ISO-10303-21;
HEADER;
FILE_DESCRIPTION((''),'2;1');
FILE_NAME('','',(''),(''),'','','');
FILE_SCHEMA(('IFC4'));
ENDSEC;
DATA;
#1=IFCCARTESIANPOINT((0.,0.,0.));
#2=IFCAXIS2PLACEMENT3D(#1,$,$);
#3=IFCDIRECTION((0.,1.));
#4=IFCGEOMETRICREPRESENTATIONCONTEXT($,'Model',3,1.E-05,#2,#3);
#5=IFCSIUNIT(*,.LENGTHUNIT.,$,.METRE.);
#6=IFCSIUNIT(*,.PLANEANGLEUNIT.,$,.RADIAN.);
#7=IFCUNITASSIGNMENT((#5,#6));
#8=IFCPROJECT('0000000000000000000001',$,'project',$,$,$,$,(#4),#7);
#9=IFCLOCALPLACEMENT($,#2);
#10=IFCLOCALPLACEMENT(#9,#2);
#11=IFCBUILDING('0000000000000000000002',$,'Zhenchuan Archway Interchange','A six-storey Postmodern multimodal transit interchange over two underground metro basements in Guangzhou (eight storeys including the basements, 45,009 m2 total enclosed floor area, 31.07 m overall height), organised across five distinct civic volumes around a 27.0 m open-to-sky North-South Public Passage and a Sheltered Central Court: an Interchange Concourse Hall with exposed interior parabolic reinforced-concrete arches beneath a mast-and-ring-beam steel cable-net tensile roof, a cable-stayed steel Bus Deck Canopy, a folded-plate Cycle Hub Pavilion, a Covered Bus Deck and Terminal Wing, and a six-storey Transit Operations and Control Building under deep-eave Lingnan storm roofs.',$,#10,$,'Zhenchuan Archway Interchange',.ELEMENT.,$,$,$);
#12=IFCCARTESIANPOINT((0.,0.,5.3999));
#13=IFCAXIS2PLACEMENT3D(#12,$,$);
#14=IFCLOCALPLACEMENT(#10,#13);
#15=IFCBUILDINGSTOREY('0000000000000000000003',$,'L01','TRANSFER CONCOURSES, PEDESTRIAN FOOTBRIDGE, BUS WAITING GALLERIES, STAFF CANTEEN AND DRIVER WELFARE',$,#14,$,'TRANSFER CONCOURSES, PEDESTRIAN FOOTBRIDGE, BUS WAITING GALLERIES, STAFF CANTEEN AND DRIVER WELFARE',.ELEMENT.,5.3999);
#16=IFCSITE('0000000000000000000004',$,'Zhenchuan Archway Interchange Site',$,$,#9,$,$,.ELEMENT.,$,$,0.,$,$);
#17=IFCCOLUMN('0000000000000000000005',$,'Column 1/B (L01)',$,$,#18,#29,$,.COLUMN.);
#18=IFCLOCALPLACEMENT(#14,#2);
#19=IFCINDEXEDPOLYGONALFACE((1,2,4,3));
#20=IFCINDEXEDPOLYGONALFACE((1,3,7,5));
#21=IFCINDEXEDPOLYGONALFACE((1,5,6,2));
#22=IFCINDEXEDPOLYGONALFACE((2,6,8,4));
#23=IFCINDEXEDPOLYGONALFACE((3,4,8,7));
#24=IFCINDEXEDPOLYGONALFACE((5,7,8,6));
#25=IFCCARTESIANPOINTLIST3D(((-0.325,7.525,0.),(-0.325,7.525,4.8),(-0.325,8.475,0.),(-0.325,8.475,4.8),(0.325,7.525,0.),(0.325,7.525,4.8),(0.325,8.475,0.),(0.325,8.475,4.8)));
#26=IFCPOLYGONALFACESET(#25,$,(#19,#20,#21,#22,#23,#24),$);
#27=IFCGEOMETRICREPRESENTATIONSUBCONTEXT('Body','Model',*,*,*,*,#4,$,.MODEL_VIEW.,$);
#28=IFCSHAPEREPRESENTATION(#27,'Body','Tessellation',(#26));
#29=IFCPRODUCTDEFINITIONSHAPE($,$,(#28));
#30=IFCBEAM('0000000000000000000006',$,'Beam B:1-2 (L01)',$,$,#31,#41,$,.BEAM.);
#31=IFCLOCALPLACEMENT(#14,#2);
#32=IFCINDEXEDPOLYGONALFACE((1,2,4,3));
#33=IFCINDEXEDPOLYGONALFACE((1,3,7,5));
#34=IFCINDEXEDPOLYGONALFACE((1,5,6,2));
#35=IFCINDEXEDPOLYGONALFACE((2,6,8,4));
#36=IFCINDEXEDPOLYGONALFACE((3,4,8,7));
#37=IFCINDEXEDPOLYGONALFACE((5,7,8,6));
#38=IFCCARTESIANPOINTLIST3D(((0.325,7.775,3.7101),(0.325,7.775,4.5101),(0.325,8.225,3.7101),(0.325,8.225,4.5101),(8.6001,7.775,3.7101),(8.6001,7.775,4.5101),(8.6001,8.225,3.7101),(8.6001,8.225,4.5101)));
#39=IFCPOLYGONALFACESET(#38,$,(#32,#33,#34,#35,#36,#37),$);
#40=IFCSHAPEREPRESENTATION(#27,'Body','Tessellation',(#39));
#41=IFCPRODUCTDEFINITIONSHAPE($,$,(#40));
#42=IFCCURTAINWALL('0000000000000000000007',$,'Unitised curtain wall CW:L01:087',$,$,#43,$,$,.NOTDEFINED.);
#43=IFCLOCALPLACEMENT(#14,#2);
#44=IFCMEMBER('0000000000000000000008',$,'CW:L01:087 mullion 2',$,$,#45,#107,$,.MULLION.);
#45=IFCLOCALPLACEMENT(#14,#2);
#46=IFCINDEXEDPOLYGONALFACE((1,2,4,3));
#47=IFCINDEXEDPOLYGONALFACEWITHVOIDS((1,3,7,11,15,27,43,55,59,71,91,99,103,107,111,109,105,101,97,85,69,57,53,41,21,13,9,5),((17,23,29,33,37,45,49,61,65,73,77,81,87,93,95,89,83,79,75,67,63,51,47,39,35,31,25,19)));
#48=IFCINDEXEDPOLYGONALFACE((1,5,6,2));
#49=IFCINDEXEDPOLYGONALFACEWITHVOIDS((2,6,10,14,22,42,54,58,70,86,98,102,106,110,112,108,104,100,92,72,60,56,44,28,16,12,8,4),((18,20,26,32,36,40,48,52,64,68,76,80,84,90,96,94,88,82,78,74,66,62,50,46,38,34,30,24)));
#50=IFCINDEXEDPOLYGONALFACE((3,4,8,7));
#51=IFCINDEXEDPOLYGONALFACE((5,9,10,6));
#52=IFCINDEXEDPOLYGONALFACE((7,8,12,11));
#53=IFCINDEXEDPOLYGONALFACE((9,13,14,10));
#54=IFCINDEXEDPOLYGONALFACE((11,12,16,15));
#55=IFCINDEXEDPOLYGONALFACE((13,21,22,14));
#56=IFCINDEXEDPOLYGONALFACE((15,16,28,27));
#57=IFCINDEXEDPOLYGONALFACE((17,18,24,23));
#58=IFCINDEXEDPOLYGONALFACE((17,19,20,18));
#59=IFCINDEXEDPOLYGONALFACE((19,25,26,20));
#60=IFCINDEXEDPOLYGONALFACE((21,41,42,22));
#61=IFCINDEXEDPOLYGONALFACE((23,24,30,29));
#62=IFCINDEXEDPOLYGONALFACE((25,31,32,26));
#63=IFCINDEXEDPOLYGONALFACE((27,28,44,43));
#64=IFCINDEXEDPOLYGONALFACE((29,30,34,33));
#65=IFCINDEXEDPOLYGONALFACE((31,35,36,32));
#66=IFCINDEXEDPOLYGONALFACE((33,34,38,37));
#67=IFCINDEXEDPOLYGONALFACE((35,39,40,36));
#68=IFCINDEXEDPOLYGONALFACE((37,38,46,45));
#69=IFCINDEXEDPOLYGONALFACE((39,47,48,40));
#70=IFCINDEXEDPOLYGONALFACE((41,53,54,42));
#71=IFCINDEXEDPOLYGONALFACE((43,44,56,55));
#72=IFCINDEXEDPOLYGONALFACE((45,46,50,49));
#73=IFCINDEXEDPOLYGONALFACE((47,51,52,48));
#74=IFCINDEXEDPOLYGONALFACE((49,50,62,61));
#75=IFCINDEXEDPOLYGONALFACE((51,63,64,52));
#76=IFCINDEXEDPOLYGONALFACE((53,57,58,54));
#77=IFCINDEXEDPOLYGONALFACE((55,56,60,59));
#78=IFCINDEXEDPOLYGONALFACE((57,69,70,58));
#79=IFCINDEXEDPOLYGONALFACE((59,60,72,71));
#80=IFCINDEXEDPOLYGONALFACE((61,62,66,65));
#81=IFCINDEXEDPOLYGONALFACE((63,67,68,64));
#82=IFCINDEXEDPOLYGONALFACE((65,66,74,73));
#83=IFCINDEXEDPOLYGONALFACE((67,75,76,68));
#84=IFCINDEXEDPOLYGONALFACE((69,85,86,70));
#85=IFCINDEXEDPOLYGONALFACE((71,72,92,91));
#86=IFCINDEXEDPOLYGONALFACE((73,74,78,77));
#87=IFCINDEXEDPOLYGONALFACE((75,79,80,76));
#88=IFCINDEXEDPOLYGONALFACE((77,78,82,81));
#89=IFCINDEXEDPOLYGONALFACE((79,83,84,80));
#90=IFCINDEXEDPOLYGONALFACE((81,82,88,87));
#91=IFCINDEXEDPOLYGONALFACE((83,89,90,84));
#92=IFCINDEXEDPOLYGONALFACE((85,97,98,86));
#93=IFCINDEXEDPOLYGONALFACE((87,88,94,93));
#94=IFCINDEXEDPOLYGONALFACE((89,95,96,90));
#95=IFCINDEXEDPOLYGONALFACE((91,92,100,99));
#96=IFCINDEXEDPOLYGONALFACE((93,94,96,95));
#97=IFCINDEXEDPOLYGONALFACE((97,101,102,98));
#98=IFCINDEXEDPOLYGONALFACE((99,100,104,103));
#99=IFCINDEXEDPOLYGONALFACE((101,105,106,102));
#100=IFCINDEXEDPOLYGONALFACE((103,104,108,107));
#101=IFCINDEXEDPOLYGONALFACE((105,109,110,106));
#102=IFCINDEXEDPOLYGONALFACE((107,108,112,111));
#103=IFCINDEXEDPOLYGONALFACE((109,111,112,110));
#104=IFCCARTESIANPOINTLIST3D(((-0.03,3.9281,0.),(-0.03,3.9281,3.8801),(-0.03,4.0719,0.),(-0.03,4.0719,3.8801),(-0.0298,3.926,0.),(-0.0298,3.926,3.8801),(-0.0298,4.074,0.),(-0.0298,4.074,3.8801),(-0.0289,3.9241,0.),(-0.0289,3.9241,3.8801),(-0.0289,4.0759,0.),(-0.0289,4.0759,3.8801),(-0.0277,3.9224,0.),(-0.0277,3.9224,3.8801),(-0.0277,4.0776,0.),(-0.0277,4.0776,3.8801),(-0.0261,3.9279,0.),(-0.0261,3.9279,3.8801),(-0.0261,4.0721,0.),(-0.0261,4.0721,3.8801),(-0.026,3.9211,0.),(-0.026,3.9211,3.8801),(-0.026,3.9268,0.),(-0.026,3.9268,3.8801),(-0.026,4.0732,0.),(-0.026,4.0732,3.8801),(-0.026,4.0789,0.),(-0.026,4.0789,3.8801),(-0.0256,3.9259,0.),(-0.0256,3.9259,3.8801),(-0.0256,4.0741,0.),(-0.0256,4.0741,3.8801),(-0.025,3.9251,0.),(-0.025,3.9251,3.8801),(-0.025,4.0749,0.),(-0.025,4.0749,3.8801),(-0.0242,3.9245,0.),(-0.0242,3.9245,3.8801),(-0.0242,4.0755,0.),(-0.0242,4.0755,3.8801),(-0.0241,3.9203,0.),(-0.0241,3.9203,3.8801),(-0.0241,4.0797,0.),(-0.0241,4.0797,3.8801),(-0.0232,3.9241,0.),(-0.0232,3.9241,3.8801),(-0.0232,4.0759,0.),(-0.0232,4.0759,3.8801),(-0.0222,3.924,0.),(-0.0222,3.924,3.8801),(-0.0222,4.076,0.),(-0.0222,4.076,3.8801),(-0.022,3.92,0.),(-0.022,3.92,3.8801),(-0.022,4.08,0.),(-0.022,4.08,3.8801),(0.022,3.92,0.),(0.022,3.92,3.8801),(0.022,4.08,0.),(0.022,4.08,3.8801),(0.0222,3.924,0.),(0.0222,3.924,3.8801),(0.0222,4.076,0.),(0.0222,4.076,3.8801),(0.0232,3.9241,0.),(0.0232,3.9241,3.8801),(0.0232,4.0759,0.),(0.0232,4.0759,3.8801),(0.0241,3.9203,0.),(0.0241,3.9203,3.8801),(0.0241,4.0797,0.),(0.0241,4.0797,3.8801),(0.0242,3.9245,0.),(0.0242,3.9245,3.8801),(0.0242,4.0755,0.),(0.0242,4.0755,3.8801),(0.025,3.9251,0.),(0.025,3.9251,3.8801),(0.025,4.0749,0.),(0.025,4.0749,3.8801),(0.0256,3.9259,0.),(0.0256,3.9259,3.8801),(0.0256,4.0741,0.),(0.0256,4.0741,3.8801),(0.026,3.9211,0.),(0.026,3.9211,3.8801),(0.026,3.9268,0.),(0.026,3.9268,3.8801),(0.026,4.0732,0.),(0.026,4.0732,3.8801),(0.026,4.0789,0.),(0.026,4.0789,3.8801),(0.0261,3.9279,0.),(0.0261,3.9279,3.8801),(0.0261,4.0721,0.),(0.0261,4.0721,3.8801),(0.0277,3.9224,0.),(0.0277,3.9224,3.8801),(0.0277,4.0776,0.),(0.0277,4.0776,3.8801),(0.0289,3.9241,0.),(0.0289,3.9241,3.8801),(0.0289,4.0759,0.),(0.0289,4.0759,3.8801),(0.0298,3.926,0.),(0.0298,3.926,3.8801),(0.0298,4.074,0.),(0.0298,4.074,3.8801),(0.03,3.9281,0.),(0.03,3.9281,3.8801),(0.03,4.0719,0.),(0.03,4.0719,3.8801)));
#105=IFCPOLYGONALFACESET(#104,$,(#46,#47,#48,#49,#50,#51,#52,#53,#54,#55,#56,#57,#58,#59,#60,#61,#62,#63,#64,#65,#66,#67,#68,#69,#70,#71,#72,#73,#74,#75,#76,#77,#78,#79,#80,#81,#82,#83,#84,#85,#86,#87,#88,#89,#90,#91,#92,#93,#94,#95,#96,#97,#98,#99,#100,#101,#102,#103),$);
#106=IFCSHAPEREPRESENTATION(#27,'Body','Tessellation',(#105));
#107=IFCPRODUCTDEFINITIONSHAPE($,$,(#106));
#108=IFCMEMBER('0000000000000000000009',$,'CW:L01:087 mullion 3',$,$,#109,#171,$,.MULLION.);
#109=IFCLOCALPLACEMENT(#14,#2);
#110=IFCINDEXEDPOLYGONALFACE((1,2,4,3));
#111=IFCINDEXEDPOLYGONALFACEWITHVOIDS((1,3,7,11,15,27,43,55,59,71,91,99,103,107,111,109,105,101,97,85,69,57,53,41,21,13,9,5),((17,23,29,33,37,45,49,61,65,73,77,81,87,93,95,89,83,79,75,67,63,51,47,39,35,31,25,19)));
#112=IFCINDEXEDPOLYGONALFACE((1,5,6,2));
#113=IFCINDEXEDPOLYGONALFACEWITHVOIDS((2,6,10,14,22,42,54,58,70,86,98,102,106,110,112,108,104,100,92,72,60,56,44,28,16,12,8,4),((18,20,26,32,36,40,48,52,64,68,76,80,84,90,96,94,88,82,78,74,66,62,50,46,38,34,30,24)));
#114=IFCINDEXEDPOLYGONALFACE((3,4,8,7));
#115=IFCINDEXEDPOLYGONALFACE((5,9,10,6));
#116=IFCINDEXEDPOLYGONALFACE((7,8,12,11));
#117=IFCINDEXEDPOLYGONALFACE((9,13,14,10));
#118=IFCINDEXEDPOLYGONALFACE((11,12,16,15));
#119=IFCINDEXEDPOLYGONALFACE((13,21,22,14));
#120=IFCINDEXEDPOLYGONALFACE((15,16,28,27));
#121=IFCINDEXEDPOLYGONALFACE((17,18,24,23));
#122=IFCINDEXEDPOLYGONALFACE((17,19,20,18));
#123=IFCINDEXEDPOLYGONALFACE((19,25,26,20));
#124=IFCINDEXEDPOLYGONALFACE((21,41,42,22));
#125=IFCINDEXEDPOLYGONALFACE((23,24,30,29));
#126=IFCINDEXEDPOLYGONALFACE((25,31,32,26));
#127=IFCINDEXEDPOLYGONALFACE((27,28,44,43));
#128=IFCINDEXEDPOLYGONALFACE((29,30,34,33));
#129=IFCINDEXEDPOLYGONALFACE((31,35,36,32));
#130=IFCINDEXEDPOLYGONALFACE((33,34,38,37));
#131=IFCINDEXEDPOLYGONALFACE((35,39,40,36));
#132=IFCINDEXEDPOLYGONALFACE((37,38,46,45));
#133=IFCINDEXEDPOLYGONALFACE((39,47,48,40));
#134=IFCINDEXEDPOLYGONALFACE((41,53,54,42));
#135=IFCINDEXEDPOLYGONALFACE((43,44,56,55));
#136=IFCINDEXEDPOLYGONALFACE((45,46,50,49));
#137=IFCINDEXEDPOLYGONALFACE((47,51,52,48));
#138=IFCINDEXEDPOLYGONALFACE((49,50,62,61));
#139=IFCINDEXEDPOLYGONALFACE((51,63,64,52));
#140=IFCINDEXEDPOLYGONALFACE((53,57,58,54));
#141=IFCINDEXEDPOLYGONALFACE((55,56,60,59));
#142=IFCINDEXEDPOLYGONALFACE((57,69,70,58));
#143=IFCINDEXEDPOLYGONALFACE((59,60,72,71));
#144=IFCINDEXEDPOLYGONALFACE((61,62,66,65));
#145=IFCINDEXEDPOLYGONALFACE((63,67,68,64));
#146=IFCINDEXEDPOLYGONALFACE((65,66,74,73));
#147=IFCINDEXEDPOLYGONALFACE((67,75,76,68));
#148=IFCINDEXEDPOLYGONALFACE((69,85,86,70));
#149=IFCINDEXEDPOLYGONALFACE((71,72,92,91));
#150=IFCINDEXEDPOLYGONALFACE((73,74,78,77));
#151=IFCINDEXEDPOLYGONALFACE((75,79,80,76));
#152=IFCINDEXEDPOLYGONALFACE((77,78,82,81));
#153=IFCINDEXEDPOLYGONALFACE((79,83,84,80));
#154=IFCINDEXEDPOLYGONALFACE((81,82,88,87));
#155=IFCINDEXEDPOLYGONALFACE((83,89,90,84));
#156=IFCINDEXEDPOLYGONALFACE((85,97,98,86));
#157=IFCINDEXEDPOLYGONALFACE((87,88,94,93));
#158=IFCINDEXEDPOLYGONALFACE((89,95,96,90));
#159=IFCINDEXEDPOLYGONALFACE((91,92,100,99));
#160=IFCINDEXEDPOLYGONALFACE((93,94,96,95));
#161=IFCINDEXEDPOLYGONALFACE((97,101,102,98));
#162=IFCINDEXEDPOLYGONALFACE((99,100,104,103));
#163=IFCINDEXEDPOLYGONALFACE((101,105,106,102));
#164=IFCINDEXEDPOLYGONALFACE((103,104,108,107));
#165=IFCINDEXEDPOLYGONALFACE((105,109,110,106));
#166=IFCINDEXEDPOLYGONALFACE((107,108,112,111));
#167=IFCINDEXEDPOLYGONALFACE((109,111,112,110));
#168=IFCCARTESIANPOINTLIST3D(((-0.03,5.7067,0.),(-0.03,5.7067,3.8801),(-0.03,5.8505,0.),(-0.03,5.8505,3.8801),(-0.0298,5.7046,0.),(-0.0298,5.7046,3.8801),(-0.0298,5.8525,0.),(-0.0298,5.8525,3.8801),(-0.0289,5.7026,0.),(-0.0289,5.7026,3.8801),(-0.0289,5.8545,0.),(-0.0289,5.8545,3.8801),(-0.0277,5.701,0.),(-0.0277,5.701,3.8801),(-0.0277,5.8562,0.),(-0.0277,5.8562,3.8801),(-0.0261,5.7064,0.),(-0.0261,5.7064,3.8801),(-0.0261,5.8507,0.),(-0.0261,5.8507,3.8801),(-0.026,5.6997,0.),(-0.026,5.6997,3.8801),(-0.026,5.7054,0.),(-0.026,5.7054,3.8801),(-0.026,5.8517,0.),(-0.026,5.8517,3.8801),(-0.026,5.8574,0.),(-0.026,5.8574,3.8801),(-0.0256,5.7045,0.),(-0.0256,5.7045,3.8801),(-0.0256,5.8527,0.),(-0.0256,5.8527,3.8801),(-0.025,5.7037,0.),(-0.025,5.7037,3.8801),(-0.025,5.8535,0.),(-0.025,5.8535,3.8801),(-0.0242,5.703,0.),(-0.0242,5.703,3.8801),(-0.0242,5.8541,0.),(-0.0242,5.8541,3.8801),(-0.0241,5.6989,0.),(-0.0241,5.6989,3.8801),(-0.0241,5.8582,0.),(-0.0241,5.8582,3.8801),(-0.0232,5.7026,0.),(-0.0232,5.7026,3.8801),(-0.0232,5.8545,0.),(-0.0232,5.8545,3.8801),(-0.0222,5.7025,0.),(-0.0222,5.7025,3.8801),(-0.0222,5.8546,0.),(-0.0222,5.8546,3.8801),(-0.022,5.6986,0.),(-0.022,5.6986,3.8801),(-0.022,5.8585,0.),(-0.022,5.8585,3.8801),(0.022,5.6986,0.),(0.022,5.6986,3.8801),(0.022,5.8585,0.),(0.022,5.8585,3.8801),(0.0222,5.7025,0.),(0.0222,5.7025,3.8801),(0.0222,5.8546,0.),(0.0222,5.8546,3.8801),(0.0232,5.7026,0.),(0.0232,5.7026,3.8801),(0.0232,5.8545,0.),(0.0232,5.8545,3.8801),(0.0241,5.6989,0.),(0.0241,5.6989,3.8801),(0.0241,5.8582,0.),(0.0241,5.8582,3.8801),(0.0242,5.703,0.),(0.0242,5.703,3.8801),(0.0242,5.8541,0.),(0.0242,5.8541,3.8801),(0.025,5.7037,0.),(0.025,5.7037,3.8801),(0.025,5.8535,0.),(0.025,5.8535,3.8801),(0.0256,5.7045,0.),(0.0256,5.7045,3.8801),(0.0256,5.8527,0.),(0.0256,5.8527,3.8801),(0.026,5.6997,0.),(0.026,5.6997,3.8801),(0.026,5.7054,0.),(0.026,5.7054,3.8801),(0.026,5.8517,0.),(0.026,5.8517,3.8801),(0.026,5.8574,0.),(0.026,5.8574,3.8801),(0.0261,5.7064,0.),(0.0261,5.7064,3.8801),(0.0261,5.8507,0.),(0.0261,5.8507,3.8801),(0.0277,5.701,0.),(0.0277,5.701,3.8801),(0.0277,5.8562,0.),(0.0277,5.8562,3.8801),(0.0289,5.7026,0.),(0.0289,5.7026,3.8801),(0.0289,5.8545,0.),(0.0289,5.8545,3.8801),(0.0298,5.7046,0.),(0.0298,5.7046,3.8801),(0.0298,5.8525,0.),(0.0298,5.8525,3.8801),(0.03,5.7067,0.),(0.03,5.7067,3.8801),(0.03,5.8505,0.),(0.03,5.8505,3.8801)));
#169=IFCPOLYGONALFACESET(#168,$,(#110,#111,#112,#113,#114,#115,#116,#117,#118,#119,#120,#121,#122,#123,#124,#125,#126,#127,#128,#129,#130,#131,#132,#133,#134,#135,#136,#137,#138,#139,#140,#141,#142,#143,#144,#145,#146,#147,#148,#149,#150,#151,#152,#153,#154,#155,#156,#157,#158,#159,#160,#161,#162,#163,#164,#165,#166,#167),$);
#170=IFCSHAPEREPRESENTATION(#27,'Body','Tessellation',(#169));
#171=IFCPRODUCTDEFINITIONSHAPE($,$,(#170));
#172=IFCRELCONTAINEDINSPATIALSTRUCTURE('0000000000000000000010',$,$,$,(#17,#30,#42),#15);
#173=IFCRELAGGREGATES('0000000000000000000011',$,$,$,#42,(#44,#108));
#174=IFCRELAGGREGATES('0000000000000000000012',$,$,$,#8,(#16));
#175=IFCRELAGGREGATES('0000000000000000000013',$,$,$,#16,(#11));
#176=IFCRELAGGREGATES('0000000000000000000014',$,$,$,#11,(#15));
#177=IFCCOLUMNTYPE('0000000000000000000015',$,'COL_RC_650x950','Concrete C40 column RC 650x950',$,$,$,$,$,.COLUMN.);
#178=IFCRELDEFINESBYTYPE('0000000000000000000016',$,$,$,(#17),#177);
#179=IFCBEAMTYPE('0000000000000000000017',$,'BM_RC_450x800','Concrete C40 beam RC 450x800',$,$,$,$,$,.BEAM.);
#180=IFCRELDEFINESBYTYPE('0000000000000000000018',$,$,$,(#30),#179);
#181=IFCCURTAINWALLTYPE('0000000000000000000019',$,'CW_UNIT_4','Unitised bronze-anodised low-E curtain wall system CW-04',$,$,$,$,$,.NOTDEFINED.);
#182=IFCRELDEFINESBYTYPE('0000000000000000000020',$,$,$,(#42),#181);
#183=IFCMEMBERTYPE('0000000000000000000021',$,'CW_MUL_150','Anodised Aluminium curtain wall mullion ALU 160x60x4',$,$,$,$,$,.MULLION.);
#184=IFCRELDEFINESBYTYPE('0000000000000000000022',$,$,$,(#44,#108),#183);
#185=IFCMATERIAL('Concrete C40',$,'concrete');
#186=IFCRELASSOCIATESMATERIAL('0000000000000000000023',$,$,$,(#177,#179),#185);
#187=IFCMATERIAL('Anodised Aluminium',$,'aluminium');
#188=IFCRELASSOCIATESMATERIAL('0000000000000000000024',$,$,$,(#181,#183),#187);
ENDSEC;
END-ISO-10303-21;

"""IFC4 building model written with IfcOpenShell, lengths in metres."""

from ifc_helpers import new_model, si_unit, direction, frame, origin, origin_2d, place, context, subcontext, project, spatial, rectangle, hollow_rectangle, extrude, material, material_profile, profile_set, type_object, element, aggregate, save


model = new_model("IFC4")

# Units and contexts
model_context = context("Model", 3, precision=1e-05, world=origin(), true_north=direction((0.0, 1.0)))
body_context = subcontext(model_context, "Body", "Model", "MODEL_VIEW")
ifc_project = project(units=[si_unit("LENGTHUNIT", "METRE"), si_unit("PLANEANGLEUNIT", "RADIAN")], contexts=[model_context])

# Site, building, storey
site_placement = place(None, origin())
site = spatial("IfcSite", under=ifc_project, at=site_placement, Name="Zhenchuan Archway Interchange Site", CompositionType="ELEMENT", RefElevation=0.0)
building_placement = place(site_placement, origin())
building = spatial("IfcBuilding", under=site, at=building_placement, Name="Zhenchuan Archway Interchange", Description="A six-storey Postmodern multimodal transit interchange over two underground metro basements in Guangzhou (eight storeys including the basements, 45,009 m2 total enclosed floor area, 31.07 m overall height), organised across five distinct civic volumes around a 27.0 m open-to-sky North-South Public Passage and a Sheltered Central Court: an Interchange Concourse Hall with exposed interior parabolic reinforced-concrete arches beneath a mast-and-ring-beam steel cable-net tensile roof, a cable-stayed steel Bus Deck Canopy, a folded-plate Cycle Hub Pavilion, a Covered Bus Deck and Terminal Wing, and a six-storey Transit Operations and Control Building under deep-eave Lingnan storm roofs.", LongName="Zhenchuan Archway Interchange", CompositionType="ELEMENT")
storey_placement = place(building_placement, frame((0.0, 0.0, 5.3999)))
storey = spatial("IfcBuildingStorey", under=building, at=storey_placement, Name="L01", Description="TRANSFER CONCOURSES, PEDESTRIAN FOOTBRIDGE, BUS WAITING GALLERIES, STAFF CANTEEN AND DRIVER WELFARE", LongName="TRANSFER CONCOURSES, PEDESTRIAN FOOTBRIDGE, BUS WAITING GALLERIES, STAFF CANTEEN AND DRIVER WELFARE", CompositionType="ELEMENT", Elevation=5.3999)

# Column
ifc_material_1 = material(Name="Concrete C40", Category="concrete")
ifc_material_profile_1 = material_profile(ifc_material_1, rectangle(XDim=0.6499, YDim=0.95, at=origin_2d()), Name="RC 650x950")
ifc_profile_set_1 = profile_set([ifc_material_profile_1], Name="Concrete C40")
column_type = type_object("IfcColumnType", Name="COL_RC_650x950", Description="Concrete C40 column RC 650x950", PredefinedType="COLUMN", material=ifc_profile_set_1)
column_placement = place(storey_placement, frame((0.0, 8.0, 0.0), z_axis=(0.0, 0.0, 1.0), x_axis=(1.0, 0.0, 0.0)))
element("IfcColumn", 1, at=column_placement, inside=storey, type_object=column_type, Name="Column 1/B (L01)", PredefinedType="COLUMN", context=body_context, shape_type="SweptSolid", body=[
    extrude(rectangle(XDim=0.6499, YDim=0.95, at=origin_2d()), origin(), (0.0, 0.0, 1.0), 4.8),
])

# Beam
ifc_material_profile_2 = material_profile(ifc_material_1, rectangle(XDim=0.45, YDim=0.8, at=origin_2d()), Name="RC 450x800")
ifc_profile_set_2 = profile_set([ifc_material_profile_2], Name="Concrete C40")
beam_type_1 = type_object("IfcBeamType", Name="BM_RC_450x800", Description="Concrete C40 beam RC 450x800", PredefinedType="BEAM", material=ifc_profile_set_2)
beam_1_placement = place(storey_placement, frame((0.325, 8.0, 4.1101), z_axis=(1.0, 0.0, 0.0), x_axis=(0.0, 1.0, 0.0)))
element("IfcBeam", 2, at=beam_1_placement, inside=storey, type_object=beam_type_1, Name="Beam B:1-2 (L01)", PredefinedType="BEAM", context=body_context, shape_type="SweptSolid", body=[
    extrude(rectangle(XDim=0.45, YDim=0.8, at=origin_2d()), origin(), (0.0, 0.0, 1.0), 8.2751),
])

# Curtain wall, members
ifc_material_2 = material(Name="Anodised Aluminium", Category="aluminium")
curtain_wall_type_1 = type_object("IfcCurtainWallType", Name="CW_UNIT_4", Description="Unitised bronze-anodised low-E curtain wall system CW-04", PredefinedType="NOTDEFINED", material=ifc_material_2)
curtain_wall_1_placement = place(storey_placement, origin())
curtain_wall_1 = element("IfcCurtainWall", 3, at=curtain_wall_1_placement, inside=storey, type_object=curtain_wall_type_1, Name="Unitised curtain wall CW:L01:087", PredefinedType="NOTDEFINED")
ifc_material_profile_3 = material_profile(ifc_material_2, hollow_rectangle(XDim=0.0601, YDim=0.1599, WallThickness=0.0039, InnerFilletRadius=0.0039, OuterFilletRadius=0.0081, at=origin_2d()), Name="ALU 160x60x4")
ifc_profile_set_3 = profile_set([ifc_material_profile_3], Name="Anodised Aluminium")
member_type_1 = type_object("IfcMemberType", Name="CW_MUL_150", Description="Anodised Aluminium curtain wall mullion ALU 160x60x4", PredefinedType="MULLION", material=ifc_profile_set_3)
member_1_placement = place(storey_placement, frame((0.0, 4.0, 0.0), z_axis=(0.0, 0.0, 1.0), x_axis=(1.0, 0.0, 0.0)))
member_1 = element("IfcMember", 4, at=member_1_placement, type_object=member_type_1, Name="CW:L01:087 mullion 2", PredefinedType="MULLION", context=body_context, shape_type="SweptSolid", body=[
    extrude(hollow_rectangle(XDim=0.0601, YDim=0.1599, WallThickness=0.0039, InnerFilletRadius=0.0039, OuterFilletRadius=0.0081, at=origin_2d()), origin(), (0.0, 0.0, 1.0), 3.8801),
])
member_2_placement = place(storey_placement, frame((0.0, 5.7786, 0.0), z_axis=(0.0, 0.0, 1.0), x_axis=(1.0, 0.0, 0.0)))
member_2 = element("IfcMember", 5, at=member_2_placement, type_object=member_type_1, Name="CW:L01:087 mullion 3", PredefinedType="MULLION", context=body_context, shape_type="SweptSolid", body=[
    extrude(hollow_rectangle(XDim=0.0601, YDim=0.1599, WallThickness=0.0039, InnerFilletRadius=0.0039, OuterFilletRadius=0.0081, at=origin_2d()), origin(), (0.0, 0.0, 1.0), 3.8801),
])

aggregate(curtain_wall_1, [member_1, member_2])

save(model, "model.ifc")
